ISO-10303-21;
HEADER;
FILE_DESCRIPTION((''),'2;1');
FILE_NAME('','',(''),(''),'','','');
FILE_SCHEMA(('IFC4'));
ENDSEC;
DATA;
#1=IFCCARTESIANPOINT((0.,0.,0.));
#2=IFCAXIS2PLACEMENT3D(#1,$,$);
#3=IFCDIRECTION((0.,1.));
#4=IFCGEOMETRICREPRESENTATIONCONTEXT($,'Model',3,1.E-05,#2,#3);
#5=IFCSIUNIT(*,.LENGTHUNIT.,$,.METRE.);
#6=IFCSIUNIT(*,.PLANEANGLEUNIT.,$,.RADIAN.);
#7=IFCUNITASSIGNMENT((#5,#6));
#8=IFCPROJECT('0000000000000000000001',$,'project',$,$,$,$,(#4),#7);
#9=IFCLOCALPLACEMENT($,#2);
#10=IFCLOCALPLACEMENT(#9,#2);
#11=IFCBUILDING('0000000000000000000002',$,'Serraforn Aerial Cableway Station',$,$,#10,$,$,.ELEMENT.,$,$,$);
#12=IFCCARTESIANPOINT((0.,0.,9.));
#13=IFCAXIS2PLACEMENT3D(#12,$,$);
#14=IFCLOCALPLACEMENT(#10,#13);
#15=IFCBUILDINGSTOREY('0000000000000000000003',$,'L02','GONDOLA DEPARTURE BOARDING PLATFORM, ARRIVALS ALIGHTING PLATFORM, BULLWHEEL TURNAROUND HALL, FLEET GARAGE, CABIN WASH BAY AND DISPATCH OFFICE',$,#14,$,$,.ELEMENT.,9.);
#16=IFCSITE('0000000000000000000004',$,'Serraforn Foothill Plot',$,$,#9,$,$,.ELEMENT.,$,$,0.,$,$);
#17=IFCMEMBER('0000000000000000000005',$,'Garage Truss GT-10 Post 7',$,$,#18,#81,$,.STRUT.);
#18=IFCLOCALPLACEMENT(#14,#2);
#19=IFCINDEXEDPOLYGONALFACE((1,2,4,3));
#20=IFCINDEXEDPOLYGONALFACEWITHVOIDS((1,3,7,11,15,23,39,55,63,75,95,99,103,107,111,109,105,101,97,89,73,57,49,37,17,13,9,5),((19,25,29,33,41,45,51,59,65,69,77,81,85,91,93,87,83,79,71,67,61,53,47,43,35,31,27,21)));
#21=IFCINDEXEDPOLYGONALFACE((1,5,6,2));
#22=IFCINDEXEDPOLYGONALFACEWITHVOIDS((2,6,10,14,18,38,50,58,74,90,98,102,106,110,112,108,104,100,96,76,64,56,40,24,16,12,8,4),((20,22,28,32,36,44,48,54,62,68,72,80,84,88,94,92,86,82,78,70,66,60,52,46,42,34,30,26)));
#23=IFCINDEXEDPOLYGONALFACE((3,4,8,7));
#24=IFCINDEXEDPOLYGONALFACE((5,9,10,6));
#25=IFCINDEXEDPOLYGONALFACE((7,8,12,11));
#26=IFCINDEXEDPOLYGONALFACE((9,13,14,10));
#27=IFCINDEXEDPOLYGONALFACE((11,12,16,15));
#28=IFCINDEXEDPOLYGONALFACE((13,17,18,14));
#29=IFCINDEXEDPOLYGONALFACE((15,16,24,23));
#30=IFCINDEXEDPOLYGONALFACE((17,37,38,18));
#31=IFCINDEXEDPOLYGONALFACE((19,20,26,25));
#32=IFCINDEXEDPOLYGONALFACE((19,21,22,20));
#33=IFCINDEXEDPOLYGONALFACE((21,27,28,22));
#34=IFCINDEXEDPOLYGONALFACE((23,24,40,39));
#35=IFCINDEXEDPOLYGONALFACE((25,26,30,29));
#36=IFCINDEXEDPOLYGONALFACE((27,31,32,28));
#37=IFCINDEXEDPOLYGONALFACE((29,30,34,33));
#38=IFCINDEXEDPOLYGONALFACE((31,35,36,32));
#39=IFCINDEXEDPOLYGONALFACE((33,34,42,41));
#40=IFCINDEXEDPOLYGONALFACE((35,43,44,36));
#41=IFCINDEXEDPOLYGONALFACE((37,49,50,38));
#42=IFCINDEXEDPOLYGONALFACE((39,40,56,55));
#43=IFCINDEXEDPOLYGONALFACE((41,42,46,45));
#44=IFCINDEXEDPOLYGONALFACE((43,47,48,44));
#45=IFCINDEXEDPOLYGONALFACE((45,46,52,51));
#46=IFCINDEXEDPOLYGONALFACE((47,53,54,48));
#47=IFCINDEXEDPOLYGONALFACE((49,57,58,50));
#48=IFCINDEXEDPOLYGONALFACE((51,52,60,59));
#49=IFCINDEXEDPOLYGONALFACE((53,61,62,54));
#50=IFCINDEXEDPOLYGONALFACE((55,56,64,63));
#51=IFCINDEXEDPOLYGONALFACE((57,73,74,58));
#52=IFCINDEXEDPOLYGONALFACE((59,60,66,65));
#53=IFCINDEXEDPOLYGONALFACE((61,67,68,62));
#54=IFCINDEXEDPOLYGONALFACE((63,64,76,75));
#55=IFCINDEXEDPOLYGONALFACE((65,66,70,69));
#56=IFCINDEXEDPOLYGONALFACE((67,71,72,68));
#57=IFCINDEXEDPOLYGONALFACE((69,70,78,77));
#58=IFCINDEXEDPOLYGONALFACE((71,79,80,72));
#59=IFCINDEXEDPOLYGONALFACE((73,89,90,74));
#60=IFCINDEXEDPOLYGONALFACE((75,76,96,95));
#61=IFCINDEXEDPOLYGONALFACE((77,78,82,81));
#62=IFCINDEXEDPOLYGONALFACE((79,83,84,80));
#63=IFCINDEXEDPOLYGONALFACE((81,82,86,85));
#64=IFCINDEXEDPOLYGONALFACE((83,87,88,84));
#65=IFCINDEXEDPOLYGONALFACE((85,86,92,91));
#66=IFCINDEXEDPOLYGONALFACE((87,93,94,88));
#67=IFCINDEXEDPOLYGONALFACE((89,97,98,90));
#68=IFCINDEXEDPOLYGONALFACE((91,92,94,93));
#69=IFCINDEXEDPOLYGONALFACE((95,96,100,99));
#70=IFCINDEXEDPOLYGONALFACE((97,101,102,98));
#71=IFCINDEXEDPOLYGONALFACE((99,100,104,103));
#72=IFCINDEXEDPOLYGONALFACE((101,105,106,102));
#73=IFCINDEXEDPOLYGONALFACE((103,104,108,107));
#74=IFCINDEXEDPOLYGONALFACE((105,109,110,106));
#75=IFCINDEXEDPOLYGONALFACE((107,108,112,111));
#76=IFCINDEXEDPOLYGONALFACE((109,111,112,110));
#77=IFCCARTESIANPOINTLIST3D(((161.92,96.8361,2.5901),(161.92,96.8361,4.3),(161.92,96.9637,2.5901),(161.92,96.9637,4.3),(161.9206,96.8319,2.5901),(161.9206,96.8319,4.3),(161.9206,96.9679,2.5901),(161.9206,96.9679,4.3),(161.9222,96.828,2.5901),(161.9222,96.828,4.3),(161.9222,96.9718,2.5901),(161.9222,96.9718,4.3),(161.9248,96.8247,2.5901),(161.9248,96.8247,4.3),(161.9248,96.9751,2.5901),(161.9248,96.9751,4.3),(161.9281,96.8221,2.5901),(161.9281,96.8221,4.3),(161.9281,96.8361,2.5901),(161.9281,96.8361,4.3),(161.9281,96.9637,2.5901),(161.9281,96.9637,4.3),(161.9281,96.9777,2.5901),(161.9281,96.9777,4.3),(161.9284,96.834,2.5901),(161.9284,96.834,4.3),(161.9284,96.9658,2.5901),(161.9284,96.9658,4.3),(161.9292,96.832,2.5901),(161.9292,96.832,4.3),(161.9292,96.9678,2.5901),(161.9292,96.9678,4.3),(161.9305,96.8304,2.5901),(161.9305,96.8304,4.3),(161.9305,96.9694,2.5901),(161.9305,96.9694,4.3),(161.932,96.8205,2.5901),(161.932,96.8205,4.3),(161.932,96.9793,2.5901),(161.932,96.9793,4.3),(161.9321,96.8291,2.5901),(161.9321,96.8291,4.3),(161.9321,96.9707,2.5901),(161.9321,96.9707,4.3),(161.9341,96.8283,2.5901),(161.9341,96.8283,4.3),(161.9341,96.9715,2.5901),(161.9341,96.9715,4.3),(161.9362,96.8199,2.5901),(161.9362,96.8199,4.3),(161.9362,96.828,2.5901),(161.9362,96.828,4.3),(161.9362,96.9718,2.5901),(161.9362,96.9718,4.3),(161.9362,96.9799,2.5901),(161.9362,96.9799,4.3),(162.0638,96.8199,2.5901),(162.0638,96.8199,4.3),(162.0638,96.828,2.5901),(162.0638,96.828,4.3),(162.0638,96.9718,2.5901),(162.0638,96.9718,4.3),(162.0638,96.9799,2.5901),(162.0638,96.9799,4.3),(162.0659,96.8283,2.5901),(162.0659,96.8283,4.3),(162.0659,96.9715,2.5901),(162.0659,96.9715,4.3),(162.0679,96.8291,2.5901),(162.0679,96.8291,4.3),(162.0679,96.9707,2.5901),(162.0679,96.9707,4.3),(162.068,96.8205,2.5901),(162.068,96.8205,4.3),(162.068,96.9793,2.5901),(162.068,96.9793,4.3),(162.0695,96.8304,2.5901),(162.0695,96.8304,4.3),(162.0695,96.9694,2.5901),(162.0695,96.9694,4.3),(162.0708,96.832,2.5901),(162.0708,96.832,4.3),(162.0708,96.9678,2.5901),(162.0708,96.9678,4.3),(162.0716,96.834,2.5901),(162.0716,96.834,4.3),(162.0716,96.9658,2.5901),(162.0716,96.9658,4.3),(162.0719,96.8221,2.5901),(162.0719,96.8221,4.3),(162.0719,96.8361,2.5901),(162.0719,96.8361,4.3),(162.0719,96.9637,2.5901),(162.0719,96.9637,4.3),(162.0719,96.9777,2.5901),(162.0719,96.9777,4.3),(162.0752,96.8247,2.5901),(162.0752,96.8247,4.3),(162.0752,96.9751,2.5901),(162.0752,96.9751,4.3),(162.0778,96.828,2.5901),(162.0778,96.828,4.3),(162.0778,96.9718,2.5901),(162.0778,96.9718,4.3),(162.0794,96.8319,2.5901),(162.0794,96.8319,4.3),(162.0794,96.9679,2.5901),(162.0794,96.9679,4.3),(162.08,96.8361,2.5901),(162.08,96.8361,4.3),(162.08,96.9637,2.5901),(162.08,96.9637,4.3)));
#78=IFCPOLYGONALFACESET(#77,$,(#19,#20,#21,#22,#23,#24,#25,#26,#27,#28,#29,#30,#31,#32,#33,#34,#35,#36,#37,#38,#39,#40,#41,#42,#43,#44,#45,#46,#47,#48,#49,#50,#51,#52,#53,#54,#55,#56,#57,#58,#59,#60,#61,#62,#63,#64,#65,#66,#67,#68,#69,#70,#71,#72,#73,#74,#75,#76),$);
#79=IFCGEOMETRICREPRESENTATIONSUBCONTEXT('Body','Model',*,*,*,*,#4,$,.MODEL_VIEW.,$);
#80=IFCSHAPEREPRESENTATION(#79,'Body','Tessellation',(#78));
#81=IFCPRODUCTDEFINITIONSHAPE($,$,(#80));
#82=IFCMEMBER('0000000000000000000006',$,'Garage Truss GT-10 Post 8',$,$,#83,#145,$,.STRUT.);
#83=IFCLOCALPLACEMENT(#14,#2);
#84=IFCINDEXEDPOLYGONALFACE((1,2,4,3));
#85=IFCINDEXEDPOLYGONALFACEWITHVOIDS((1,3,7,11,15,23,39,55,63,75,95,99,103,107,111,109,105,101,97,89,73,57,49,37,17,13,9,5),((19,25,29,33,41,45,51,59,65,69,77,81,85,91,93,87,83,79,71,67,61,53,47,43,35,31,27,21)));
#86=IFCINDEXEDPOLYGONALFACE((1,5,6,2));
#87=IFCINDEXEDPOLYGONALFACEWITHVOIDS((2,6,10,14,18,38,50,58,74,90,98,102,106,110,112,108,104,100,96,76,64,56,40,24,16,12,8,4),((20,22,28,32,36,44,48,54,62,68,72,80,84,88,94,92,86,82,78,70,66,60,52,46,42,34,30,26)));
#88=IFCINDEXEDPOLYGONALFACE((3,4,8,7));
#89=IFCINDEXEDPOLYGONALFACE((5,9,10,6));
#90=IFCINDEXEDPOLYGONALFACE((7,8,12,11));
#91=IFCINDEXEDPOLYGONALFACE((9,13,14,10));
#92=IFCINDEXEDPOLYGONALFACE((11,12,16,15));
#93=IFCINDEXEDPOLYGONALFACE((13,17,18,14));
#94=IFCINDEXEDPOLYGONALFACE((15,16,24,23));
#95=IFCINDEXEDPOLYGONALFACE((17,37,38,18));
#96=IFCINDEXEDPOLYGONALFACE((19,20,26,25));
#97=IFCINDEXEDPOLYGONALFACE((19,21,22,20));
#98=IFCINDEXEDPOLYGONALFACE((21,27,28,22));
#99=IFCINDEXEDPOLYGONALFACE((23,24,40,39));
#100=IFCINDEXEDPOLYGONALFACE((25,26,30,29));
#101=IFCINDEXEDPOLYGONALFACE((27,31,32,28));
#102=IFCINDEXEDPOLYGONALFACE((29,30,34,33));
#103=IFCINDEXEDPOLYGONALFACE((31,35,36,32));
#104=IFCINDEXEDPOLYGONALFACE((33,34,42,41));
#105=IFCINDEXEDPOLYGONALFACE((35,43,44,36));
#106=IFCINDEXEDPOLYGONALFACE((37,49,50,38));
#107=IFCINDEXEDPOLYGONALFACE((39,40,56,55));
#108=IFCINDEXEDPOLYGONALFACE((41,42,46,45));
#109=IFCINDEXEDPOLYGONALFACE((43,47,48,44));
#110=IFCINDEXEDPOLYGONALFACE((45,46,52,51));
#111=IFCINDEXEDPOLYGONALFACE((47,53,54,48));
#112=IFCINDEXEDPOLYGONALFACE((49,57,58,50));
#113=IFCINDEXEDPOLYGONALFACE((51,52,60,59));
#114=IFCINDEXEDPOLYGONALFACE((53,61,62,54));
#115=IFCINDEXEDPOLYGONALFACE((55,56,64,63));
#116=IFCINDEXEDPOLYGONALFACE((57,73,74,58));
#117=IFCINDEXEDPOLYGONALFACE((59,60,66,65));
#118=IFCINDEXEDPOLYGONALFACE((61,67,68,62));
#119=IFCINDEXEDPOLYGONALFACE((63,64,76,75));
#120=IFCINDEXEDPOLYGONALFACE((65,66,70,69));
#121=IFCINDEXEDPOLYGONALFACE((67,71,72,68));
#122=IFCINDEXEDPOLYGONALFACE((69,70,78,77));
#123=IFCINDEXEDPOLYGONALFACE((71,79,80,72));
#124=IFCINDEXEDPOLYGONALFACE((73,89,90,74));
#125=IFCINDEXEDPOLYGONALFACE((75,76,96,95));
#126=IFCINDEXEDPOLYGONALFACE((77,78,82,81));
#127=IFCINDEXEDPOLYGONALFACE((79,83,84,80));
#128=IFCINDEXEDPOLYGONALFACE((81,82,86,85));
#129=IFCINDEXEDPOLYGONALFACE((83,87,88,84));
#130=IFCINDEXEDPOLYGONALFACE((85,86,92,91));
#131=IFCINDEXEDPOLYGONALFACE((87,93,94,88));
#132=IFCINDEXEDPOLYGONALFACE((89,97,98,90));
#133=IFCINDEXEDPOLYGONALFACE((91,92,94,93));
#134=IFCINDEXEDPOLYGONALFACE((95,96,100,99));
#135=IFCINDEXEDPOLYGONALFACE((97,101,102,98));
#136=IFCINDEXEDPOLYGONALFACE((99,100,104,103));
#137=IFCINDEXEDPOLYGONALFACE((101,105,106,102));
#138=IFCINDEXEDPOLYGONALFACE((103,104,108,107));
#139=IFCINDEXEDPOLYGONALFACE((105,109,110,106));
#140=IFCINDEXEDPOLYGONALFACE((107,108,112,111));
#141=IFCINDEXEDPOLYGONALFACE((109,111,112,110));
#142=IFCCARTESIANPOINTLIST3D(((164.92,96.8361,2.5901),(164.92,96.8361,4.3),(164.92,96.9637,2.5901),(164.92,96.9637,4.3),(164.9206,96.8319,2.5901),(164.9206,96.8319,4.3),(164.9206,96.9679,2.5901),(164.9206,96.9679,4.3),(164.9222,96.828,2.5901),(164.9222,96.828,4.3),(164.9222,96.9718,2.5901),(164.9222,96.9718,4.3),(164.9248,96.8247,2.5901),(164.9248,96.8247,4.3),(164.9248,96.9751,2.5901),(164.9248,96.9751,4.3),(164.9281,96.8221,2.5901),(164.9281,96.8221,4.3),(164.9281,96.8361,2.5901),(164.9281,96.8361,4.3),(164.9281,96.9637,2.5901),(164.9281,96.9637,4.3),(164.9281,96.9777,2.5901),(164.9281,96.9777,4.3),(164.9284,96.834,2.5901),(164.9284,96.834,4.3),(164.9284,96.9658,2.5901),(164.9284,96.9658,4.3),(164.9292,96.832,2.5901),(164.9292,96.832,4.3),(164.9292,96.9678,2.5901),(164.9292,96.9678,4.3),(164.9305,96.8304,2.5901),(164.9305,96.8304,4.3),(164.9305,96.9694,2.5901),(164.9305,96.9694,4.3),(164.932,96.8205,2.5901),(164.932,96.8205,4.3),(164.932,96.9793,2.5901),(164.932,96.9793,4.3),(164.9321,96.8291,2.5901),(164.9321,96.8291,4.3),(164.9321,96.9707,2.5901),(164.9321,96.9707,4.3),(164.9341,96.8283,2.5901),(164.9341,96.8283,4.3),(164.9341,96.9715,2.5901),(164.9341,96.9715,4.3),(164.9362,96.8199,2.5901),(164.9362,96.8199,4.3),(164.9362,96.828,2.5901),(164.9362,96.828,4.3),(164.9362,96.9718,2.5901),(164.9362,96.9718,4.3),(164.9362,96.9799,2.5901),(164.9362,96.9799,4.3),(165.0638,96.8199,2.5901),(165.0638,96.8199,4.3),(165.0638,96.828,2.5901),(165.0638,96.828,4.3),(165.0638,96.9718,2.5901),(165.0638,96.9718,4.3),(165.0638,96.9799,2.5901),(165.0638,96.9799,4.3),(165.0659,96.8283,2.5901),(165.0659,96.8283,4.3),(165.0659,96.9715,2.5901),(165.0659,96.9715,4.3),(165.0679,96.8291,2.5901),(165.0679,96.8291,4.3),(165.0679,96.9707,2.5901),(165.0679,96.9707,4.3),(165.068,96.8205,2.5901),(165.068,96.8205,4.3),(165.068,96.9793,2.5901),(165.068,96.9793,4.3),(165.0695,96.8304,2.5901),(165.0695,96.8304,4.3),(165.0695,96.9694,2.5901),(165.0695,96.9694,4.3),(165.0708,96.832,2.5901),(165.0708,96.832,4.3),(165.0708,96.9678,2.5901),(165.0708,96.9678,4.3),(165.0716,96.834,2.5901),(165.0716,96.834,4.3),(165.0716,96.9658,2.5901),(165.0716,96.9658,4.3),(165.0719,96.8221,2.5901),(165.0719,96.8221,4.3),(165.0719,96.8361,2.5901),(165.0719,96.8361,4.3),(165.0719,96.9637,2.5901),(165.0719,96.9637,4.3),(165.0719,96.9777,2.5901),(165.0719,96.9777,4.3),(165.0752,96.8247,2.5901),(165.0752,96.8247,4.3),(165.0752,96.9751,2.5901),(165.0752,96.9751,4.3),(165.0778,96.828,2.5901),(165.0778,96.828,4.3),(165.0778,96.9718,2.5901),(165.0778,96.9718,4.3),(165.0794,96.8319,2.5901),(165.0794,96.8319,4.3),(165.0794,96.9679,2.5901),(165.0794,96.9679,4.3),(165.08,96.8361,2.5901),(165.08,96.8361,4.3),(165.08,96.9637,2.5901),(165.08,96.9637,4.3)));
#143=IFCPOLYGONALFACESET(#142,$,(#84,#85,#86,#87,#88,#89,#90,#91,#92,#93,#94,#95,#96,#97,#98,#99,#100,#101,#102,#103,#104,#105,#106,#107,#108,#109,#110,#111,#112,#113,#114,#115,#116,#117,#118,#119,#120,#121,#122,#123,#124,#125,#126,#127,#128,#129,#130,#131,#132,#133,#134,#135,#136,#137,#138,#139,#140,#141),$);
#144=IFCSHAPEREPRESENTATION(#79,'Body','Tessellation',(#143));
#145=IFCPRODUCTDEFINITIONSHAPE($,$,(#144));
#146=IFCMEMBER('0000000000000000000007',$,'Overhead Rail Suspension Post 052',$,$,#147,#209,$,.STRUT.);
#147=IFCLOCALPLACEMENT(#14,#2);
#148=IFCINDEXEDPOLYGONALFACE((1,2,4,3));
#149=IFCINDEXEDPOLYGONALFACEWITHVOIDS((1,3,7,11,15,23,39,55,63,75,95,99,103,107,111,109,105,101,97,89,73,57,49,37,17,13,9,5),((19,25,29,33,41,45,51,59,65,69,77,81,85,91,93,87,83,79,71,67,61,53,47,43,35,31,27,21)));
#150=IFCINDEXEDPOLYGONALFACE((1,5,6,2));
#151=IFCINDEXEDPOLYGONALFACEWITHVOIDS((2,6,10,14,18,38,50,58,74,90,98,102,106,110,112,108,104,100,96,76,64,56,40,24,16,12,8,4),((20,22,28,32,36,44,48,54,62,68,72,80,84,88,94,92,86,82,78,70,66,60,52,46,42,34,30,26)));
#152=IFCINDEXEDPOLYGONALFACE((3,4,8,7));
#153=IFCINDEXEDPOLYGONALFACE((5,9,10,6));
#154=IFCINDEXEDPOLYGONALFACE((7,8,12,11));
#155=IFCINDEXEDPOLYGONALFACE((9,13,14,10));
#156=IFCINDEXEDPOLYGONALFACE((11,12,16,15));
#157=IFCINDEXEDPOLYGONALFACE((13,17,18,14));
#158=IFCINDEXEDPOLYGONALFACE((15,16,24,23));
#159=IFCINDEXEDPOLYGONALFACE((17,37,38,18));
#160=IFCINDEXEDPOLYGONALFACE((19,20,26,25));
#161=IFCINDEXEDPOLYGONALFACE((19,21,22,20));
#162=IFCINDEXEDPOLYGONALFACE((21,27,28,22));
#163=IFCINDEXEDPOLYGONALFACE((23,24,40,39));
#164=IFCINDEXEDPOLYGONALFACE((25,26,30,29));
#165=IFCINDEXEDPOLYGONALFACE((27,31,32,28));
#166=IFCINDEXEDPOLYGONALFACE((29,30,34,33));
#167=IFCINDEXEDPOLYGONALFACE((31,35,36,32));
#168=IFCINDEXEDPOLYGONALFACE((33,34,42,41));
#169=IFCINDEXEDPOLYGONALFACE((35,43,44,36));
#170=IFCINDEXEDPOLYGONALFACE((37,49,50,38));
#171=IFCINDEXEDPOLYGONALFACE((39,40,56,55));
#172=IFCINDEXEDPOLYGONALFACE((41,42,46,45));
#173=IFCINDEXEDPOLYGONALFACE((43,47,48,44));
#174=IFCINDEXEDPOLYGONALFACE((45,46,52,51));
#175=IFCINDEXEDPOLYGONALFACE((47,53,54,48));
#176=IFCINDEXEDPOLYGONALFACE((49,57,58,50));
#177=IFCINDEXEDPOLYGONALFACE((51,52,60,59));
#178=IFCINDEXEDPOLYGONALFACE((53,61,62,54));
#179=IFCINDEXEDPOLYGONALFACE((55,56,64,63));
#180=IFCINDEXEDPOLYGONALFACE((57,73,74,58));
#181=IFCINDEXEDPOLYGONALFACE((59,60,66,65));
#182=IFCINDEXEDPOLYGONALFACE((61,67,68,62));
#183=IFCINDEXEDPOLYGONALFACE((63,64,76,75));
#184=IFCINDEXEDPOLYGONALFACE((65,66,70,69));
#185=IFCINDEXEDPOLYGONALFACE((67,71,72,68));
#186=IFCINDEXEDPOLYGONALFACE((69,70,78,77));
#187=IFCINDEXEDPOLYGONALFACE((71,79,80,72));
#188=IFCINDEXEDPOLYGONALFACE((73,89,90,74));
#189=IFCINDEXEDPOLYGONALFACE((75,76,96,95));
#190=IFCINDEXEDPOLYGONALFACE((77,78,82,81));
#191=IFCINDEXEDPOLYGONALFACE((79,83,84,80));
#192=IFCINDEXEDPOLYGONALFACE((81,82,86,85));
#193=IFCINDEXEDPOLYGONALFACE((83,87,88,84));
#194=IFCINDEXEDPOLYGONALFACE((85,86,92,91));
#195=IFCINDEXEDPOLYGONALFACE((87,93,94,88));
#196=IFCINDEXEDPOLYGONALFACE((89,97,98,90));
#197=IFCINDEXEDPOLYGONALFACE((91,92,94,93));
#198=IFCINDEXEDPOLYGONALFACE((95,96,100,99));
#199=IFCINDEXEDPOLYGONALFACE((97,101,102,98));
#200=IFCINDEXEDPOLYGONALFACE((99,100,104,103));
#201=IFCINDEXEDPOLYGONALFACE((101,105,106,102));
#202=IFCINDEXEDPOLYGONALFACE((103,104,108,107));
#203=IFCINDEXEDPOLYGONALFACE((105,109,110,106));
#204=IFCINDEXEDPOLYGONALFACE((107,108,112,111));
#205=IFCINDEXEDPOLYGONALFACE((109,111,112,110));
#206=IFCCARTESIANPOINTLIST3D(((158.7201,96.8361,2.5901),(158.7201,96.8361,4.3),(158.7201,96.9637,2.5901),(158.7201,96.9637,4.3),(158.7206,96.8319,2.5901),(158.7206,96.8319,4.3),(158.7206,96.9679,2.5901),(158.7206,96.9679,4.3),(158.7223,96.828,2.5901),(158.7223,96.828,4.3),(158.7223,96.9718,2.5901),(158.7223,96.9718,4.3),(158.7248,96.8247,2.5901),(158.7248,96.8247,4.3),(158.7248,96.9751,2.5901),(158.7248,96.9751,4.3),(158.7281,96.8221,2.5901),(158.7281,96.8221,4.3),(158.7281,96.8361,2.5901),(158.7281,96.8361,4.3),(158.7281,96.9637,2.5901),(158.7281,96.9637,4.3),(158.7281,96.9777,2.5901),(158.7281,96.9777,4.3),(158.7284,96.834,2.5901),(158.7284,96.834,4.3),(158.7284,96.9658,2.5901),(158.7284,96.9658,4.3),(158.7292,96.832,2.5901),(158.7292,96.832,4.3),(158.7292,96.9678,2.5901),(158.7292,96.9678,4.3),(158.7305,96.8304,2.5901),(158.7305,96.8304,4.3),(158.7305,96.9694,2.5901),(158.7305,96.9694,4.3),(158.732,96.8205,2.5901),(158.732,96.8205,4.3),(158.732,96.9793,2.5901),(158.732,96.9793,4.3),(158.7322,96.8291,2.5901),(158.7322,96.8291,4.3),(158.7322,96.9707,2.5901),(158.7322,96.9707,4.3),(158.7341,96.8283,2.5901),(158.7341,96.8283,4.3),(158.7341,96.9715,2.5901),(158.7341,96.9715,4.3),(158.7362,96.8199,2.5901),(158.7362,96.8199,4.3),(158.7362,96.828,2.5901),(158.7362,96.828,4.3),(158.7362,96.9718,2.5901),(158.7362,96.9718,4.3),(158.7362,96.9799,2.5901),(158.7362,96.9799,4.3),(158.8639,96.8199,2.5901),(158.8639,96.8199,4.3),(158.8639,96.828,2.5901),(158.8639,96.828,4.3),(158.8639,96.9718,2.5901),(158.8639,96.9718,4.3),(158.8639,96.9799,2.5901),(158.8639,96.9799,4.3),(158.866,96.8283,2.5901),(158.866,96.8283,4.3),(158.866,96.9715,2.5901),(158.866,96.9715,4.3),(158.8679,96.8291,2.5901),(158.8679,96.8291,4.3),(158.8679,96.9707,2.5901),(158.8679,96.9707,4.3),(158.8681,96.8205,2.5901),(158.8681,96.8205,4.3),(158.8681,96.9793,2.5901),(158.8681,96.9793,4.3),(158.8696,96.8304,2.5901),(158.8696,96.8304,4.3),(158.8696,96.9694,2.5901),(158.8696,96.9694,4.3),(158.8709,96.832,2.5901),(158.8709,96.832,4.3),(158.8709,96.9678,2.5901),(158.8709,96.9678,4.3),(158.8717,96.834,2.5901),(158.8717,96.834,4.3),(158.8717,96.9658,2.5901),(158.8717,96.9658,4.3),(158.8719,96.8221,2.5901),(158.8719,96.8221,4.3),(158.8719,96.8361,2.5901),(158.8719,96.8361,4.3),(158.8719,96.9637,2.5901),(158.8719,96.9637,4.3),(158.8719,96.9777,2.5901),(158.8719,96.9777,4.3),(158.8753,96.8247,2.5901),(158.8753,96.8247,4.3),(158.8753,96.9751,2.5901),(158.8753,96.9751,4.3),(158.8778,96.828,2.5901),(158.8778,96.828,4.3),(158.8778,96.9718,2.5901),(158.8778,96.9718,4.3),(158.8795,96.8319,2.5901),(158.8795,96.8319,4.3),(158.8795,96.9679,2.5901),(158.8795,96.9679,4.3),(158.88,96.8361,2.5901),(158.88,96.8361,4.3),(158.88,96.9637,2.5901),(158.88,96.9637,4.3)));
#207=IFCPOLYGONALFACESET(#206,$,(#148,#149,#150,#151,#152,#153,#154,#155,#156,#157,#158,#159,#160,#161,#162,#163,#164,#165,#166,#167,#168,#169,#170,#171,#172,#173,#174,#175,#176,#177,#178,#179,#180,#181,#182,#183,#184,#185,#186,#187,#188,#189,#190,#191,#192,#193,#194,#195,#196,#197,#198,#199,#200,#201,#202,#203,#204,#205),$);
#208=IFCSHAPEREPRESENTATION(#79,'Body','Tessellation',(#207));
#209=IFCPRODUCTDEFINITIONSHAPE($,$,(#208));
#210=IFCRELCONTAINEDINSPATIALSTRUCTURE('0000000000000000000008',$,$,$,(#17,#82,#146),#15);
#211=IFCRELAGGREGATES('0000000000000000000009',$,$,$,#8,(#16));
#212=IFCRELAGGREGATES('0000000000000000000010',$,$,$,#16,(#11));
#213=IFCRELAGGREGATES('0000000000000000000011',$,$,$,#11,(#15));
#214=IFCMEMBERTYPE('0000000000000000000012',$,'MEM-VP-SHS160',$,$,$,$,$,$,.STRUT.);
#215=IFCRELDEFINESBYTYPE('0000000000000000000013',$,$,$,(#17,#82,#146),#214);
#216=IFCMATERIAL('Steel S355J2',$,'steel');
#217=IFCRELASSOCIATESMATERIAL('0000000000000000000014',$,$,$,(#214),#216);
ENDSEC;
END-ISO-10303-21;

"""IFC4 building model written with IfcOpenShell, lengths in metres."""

from ifc_helpers import new_model, si_unit, direction, frame, origin, origin_2d, place, context, subcontext, project, spatial, hollow_rectangle, extrude, material, material_profile, profile_set, type_object, element, save


model = new_model("IFC4")

# Units and contexts
model_context = context("Model", 3, precision=1e-05, world=origin(), true_north=direction((0.0, 1.0)))
body_context = subcontext(model_context, "Body", "Model", "MODEL_VIEW")
ifc_project = project(units=[si_unit("LENGTHUNIT", "METRE"), si_unit("PLANEANGLEUNIT", "RADIAN")], contexts=[model_context])

# Site, building, storey
site_placement = place(None, origin())
site = spatial("IfcSite", under=ifc_project, at=site_placement, Name="Serraforn Foothill Plot", CompositionType="ELEMENT", RefElevation=0.0)
building_placement = place(site_placement, origin())
building = spatial("IfcBuilding", under=site, at=building_placement, Name="Serraforn Aerial Cableway Station", CompositionType="ELEMENT")
storey_placement = place(building_placement, frame((0.0, 0.0, 9.0)))
storey = spatial("IfcBuildingStorey", under=building, at=storey_placement, Name="L02", Description="GONDOLA DEPARTURE BOARDING PLATFORM, ARRIVALS ALIGHTING PLATFORM, BULLWHEEL TURNAROUND HALL, FLEET GARAGE, CABIN WASH BAY AND DISPATCH OFFICE", CompositionType="ELEMENT", Elevation=9.0)

# Members
ifc_material_1 = material(Name="Steel S355J2", Category="steel")
ifc_material_profile_1 = material_profile(ifc_material_1, hollow_rectangle(XDim=0.1599, YDim=0.1599, WallThickness=0.0081, InnerFilletRadius=0.0081, OuterFilletRadius=0.0161, at=origin_2d()), Name="SHS 160x160x8.0")
ifc_profile_set_1 = profile_set([ifc_material_profile_1], Name="Steel S355J2")
member_type_1 = type_object("IfcMemberType", Name="MEM-VP-SHS160", PredefinedType="STRUT", material=ifc_profile_set_1)
for number, where, z_axis, x_axis, name in (
    (1, (162.0, 96.8999, 2.5901), (0.0, 0.0, 1.0), (1.0, 0.0, 0.0), "Garage Truss GT-10 Post 7"),
    (2, (165.0, 96.8999, 2.5901), (0.0, 0.0, 1.0), (1.0, 0.0, 0.0), "Garage Truss GT-10 Post 8"),
    (3, (158.8, 96.8999, 2.5901), (0.0, 0.0, 1.0), (1.0, 0.0, 0.0), "Overhead Rail Suspension Post 052"),
):
    element("IfcMember", number, at=place(storey_placement, frame(where, z_axis=z_axis, x_axis=x_axis)), inside=storey, type_object=member_type_1, Name=name, PredefinedType="STRUT", context=body_context, shape_type="SweptSolid", body=[
        extrude(hollow_rectangle(XDim=0.1599, YDim=0.1599, WallThickness=0.0081, InnerFilletRadius=0.0081, OuterFilletRadius=0.0161, at=origin_2d()), origin(), (0.0, 0.0, 1.0), 1.71),
    ])

save(model, "model.ifc")
